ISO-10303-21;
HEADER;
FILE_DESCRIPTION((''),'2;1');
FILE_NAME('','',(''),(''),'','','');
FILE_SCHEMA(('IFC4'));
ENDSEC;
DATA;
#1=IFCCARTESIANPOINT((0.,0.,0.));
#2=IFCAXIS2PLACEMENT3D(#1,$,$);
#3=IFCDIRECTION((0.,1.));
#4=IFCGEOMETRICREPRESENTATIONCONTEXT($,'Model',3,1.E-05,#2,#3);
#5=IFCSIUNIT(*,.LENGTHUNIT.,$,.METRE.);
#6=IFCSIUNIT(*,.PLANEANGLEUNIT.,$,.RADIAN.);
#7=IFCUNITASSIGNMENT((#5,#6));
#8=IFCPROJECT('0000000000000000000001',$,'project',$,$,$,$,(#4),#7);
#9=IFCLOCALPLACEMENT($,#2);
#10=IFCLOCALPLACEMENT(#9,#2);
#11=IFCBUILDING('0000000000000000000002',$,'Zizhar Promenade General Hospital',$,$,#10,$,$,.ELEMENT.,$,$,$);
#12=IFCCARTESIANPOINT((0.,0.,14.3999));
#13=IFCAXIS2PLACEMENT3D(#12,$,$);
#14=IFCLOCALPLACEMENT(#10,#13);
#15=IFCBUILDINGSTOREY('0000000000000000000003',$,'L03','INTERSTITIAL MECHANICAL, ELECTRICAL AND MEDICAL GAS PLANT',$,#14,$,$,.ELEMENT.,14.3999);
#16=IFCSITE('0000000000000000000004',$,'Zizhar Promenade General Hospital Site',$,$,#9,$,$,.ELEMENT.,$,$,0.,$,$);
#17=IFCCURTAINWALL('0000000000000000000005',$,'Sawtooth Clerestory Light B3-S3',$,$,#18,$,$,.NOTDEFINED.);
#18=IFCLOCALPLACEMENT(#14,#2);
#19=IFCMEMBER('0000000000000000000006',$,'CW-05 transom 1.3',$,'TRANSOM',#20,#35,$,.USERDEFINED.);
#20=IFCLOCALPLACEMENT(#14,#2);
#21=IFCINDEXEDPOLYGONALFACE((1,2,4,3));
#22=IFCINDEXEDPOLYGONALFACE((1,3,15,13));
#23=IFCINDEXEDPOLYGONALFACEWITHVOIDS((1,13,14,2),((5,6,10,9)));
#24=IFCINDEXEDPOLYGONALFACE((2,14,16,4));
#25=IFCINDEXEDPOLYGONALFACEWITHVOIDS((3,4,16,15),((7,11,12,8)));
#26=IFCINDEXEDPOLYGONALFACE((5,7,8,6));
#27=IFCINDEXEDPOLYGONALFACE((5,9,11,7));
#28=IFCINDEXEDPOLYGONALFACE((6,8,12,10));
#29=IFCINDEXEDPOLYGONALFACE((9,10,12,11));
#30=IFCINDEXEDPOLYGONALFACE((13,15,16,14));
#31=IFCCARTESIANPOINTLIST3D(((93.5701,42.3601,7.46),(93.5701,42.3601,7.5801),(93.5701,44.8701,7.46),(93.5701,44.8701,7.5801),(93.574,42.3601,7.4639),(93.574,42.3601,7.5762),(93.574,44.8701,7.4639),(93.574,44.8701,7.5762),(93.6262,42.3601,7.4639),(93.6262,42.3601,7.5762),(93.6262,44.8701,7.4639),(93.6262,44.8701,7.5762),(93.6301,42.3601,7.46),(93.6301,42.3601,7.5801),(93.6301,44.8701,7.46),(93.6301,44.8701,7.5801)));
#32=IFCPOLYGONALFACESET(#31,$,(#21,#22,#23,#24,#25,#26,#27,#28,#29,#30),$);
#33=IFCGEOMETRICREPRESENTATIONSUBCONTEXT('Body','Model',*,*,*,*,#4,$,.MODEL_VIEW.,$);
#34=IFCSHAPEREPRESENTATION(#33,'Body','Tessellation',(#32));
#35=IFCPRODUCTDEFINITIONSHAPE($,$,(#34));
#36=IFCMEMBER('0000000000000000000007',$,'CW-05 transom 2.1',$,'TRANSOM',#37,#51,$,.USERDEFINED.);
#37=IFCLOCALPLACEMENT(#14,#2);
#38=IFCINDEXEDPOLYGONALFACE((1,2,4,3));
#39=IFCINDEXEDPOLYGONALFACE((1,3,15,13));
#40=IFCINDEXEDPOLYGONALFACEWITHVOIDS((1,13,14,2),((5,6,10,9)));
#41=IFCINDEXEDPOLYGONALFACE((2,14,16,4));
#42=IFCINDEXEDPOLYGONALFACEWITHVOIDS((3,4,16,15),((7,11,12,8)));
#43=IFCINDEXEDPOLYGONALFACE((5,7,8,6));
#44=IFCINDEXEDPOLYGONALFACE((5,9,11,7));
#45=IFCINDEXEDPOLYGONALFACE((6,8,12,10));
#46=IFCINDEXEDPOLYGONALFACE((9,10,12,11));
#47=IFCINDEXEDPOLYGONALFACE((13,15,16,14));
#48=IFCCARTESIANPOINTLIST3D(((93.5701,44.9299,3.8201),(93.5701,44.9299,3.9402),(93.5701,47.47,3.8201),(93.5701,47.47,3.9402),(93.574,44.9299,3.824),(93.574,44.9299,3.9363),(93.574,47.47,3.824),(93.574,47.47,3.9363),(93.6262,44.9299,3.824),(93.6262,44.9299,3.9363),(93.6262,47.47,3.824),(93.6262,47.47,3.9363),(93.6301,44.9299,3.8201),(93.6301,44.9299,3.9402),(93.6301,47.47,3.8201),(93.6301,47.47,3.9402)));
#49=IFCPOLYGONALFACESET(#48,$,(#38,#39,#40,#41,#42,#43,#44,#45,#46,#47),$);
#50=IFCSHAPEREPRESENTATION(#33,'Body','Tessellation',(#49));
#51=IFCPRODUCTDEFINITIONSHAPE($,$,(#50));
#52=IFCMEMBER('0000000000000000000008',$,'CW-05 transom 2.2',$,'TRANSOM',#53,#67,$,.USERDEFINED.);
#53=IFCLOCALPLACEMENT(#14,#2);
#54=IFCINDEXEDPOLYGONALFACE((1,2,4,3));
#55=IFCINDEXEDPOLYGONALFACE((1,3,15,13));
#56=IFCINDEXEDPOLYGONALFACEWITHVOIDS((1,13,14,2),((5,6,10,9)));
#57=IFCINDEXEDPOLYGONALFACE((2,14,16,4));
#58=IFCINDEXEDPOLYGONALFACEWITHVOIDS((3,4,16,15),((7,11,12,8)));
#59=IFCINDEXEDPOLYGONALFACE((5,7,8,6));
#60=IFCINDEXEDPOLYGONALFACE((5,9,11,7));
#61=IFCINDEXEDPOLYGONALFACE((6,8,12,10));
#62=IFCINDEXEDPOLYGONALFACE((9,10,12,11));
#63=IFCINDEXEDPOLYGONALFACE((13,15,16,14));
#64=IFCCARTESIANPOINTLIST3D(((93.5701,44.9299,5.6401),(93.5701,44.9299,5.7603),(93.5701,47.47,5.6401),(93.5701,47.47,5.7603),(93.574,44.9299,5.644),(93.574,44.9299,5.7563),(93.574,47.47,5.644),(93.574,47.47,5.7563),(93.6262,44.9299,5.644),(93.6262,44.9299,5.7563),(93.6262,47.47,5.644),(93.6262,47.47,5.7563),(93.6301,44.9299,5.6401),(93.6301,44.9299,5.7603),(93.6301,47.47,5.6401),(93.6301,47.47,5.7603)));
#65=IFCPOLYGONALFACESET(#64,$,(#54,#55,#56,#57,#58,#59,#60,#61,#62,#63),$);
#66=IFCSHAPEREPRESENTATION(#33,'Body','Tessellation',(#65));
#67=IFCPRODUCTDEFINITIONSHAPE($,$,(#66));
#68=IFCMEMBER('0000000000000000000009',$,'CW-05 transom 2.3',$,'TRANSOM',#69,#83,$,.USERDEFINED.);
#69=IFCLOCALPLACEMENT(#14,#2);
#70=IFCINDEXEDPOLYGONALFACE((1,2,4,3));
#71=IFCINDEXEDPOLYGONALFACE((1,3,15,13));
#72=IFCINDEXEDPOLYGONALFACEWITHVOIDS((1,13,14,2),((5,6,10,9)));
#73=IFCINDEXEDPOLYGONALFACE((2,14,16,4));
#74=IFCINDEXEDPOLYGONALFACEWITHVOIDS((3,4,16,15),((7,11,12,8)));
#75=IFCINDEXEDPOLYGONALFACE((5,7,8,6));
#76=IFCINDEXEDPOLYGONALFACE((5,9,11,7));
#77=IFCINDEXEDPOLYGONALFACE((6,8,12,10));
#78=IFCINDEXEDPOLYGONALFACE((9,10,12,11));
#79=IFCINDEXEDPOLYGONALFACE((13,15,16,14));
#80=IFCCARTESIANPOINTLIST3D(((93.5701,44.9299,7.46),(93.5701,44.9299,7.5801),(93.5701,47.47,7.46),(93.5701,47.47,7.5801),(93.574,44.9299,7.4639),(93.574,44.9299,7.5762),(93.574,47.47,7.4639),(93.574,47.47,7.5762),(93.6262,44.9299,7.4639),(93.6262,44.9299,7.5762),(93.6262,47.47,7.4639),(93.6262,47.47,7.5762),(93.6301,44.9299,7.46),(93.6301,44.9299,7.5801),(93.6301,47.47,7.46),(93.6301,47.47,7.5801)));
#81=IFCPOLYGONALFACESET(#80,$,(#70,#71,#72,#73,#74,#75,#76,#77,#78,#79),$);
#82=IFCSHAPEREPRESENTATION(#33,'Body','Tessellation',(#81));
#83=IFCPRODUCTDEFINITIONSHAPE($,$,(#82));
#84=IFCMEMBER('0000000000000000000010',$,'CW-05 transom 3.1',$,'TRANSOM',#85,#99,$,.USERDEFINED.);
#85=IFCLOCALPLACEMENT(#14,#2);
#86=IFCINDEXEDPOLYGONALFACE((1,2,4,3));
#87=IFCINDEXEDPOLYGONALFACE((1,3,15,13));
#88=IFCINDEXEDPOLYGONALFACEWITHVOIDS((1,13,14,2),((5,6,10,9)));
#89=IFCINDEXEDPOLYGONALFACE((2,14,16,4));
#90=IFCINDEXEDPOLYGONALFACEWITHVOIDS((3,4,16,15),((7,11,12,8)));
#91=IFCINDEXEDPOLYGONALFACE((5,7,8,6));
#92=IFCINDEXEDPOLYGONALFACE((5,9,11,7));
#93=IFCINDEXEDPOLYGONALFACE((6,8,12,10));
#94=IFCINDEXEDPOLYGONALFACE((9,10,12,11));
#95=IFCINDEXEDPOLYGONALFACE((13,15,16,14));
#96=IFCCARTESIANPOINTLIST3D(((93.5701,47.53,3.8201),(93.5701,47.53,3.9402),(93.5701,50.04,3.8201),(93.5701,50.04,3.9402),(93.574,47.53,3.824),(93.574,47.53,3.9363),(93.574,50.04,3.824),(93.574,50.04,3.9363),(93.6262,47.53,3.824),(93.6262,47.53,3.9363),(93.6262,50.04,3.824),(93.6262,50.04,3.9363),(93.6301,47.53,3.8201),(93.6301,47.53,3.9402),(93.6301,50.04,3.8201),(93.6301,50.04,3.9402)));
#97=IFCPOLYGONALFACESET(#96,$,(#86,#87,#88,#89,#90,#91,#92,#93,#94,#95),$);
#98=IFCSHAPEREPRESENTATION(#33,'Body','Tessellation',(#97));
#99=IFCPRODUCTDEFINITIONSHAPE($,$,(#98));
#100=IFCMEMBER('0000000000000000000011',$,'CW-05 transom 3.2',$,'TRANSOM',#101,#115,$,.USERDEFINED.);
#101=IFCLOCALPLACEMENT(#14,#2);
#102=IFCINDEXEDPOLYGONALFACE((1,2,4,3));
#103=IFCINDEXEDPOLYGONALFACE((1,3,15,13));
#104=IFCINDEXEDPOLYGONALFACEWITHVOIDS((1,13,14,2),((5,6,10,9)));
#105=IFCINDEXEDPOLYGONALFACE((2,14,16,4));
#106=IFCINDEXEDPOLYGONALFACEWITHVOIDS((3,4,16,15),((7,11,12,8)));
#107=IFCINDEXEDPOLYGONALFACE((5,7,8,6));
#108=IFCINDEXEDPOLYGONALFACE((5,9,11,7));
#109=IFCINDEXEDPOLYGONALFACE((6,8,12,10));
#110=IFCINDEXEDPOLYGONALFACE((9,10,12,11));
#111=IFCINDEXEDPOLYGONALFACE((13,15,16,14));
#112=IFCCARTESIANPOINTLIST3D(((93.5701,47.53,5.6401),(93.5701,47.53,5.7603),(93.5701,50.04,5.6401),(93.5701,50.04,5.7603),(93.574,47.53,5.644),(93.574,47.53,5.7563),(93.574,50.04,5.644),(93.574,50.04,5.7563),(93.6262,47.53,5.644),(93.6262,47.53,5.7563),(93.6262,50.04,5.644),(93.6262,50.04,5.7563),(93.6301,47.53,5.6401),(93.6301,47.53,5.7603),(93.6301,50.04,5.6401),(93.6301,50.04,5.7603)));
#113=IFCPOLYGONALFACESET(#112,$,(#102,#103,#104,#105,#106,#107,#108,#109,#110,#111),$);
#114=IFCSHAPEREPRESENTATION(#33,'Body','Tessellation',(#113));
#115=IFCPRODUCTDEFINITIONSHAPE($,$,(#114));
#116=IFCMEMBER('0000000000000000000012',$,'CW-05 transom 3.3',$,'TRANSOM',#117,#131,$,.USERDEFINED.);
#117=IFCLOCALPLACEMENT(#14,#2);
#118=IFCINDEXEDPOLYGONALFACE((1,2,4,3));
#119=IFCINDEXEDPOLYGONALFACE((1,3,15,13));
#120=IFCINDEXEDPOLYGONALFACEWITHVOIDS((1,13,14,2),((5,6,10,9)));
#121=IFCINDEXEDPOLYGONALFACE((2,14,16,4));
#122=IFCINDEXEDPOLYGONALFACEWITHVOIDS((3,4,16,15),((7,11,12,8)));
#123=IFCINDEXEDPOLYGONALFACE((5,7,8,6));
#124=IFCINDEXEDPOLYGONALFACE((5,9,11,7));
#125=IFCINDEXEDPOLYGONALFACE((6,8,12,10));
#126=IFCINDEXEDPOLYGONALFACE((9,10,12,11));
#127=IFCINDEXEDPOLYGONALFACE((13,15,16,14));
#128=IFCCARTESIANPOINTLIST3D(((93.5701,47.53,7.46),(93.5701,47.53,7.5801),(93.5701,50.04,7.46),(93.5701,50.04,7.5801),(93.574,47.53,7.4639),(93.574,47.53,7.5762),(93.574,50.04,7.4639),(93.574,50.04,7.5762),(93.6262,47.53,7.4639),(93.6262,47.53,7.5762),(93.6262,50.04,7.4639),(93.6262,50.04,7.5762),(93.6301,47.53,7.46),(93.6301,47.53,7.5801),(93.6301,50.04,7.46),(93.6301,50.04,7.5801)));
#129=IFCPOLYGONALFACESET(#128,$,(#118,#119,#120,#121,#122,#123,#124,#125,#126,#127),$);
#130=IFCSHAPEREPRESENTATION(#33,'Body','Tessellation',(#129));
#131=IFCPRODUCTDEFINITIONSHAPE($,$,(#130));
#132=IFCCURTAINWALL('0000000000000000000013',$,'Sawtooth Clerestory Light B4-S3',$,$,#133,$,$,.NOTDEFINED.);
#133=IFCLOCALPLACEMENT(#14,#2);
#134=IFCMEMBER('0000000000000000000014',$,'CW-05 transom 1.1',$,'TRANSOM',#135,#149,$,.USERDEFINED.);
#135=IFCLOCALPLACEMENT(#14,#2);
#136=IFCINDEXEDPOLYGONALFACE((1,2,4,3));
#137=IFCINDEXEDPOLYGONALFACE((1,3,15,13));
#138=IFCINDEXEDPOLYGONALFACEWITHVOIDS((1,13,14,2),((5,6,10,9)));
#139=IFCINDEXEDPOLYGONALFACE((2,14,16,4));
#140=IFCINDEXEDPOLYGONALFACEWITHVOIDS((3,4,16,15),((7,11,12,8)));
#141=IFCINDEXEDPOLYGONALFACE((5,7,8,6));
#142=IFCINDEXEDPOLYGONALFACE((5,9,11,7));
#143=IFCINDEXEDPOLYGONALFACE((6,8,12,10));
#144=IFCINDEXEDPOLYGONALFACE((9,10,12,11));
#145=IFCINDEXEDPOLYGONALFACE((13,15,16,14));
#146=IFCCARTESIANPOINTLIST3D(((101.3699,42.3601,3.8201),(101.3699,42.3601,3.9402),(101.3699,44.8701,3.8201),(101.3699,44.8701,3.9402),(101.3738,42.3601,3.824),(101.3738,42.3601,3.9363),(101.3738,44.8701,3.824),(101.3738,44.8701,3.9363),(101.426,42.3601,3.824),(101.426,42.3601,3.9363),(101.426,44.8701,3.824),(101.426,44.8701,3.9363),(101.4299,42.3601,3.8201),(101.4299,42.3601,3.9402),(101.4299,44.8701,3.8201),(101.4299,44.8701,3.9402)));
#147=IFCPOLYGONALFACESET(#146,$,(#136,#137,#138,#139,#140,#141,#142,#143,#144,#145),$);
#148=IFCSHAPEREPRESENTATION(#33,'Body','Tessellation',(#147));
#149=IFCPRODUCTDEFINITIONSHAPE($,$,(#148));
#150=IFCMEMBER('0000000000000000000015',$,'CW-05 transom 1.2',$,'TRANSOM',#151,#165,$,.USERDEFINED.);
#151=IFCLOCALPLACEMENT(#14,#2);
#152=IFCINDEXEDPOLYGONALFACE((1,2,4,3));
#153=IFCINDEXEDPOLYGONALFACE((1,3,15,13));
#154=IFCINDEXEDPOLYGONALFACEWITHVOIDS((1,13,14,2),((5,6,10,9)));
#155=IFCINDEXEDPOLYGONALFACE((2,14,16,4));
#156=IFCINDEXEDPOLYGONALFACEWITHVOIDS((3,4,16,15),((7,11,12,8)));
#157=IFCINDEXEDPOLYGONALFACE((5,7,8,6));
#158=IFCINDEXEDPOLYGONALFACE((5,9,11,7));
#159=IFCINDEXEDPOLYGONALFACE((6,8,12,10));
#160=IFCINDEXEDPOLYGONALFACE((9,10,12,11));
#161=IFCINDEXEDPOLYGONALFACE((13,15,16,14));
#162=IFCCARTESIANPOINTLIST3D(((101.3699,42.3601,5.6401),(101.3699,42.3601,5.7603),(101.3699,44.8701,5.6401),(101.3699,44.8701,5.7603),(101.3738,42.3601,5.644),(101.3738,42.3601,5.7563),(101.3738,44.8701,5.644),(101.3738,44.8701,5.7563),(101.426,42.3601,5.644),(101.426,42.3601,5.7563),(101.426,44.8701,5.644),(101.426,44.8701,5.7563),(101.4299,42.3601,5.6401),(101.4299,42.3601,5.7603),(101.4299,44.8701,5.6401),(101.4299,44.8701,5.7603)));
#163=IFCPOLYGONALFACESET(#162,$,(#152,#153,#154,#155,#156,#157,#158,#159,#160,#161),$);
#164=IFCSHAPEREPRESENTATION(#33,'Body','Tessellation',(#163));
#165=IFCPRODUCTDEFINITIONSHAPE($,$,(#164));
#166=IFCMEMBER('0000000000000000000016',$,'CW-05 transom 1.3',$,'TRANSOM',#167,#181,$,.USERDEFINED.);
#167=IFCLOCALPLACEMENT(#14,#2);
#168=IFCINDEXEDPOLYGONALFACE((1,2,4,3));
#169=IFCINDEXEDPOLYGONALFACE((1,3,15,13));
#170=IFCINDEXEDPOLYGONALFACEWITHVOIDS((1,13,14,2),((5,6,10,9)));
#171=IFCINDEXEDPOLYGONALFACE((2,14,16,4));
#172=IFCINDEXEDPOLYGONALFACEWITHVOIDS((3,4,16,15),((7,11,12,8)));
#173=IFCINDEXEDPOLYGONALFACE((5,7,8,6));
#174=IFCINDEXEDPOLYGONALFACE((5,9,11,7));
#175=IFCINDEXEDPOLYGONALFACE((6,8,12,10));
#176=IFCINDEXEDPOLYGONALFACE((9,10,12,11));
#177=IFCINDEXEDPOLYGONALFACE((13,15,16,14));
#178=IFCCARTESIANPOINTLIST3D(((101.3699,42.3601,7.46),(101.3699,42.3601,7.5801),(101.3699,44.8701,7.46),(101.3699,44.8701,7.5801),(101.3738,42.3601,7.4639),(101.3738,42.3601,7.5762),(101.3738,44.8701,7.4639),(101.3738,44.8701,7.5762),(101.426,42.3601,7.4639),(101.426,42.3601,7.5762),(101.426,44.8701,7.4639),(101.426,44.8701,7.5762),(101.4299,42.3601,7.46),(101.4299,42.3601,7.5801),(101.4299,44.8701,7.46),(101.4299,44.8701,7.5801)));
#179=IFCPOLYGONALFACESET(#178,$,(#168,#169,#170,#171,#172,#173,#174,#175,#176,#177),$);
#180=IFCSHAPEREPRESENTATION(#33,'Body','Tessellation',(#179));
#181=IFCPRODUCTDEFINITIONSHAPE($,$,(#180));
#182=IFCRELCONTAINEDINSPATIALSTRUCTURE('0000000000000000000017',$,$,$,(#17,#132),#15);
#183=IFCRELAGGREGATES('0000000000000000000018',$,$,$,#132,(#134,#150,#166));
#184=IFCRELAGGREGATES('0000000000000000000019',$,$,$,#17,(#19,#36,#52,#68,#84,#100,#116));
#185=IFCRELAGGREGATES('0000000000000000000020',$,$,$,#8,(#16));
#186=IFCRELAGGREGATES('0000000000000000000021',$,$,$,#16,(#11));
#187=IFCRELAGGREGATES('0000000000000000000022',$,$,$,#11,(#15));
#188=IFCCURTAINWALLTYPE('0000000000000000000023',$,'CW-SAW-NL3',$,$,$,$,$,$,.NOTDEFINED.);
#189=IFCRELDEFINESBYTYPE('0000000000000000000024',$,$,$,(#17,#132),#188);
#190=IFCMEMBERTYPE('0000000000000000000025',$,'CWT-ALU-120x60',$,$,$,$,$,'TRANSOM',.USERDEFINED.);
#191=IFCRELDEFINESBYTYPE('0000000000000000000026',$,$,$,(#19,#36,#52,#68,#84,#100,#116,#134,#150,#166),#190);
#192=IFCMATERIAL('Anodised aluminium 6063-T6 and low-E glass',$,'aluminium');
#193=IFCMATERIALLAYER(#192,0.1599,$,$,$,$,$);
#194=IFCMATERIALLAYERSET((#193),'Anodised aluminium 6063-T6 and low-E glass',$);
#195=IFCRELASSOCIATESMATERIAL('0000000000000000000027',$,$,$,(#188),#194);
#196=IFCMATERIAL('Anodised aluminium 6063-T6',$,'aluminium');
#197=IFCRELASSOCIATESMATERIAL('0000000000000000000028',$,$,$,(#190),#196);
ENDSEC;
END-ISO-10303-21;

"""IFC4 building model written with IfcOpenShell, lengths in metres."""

from ifc_helpers import new_model, si_unit, direction, frame, origin, origin_2d, place, context, subcontext, project, spatial, hollow_rectangle, extrude, material, layer, layer_set, material_profile, profile_set, type_object, element, aggregate, save


model = new_model("IFC4")

# Units and contexts
model_context = context("Model", 3, precision=1e-05, world=origin(), true_north=direction((0.0, 1.0)))
body_context = subcontext(model_context, "Body", "Model", "MODEL_VIEW")
ifc_project = project(units=[si_unit("LENGTHUNIT", "METRE"), si_unit("PLANEANGLEUNIT", "RADIAN")], contexts=[model_context])

# Site, building, storey
site_placement = place(None, origin())
site = spatial("IfcSite", under=ifc_project, at=site_placement, Name="Zizhar Promenade General Hospital Site", CompositionType="ELEMENT", RefElevation=0.0)
building_placement = place(site_placement, origin())
building = spatial("IfcBuilding", under=site, at=building_placement, Name="Zizhar Promenade General Hospital", CompositionType="ELEMENT")
storey_placement = place(building_placement, frame((0.0, 0.0, 14.3999)))
storey = spatial("IfcBuildingStorey", under=building, at=storey_placement, Name="L03", Description="INTERSTITIAL MECHANICAL, ELECTRICAL AND MEDICAL GAS PLANT", CompositionType="ELEMENT", Elevation=14.3999)

# Curtain walls, members
ifc_material_1 = material(Name="Anodised aluminium 6063-T6 and low-E glass", Category="aluminium")
ifc_layer_1 = layer(ifc_material_1, 0.1599)
ifc_layer_set_1 = layer_set([ifc_layer_1], Name="Anodised aluminium 6063-T6 and low-E glass")
curtain_wall_type = type_object("IfcCurtainWallType", Name="CW-SAW-NL3", PredefinedType="NOTDEFINED", material=ifc_layer_set_1)
curtain_wall_1_placement = place(storey_placement, origin())
curtain_wall_1 = element("IfcCurtainWall", 1, at=curtain_wall_1_placement, inside=storey, type_object=curtain_wall_type, Name="Sawtooth Clerestory Light B3-S3", PredefinedType="NOTDEFINED")
ifc_material_2 = material(Name="Anodised aluminium 6063-T6", Category="aluminium")
ifc_material_profile_1 = material_profile(ifc_material_2, hollow_rectangle(XDim=0.0601, YDim=0.1201, WallThickness=0.0039, at=origin_2d()))
ifc_profile_set_1 = profile_set([ifc_material_profile_1], Name="Anodised aluminium 6063-T6")
member_type_1 = type_object("IfcMemberType", Name="CWT-ALU-120x60", ElementType="TRANSOM", PredefinedType="USERDEFINED", material=ifc_profile_set_1)
member_1_placement = place(storey_placement, frame((93.6001, 42.3601, 7.52), z_axis=(0.0, 1.0, 0.0), x_axis=(-1.0, 0.0, 0.0)))
member_1 = element("IfcMember", 2, at=member_1_placement, type_object=member_type_1, Name="CW-05 transom 1.3", ObjectType="TRANSOM", PredefinedType="USERDEFINED", context=body_context, shape_type="SweptSolid", body=[
    extrude(hollow_rectangle(XDim=0.0601, YDim=0.1201, WallThickness=0.0039, at=origin_2d()), origin(), (0.0, 0.0, 1.0), 2.51),
])
member_2_placement = place(storey_placement, frame((93.6001, 44.9299, 3.8801), z_axis=(0.0, 1.0, 0.0), x_axis=(-1.0, 0.0, 0.0)))
member_2 = element("IfcMember", 3, at=member_2_placement, type_object=member_type_1, Name="CW-05 transom 2.1", ObjectType="TRANSOM", PredefinedType="USERDEFINED", context=body_context, shape_type="SweptSolid", body=[
    extrude(hollow_rectangle(XDim=0.0601, YDim=0.1201, WallThickness=0.0039, at=origin_2d()), origin(), (0.0, 0.0, 1.0), 2.54),
])
member_3_placement = place(storey_placement, frame((93.6001, 44.9299, 5.7002), z_axis=(0.0, 1.0, 0.0), x_axis=(-1.0, 0.0, 0.0)))
member_3 = element("IfcMember", 4, at=member_3_placement, type_object=member_type_1, Name="CW-05 transom 2.2", ObjectType="TRANSOM", PredefinedType="USERDEFINED", context=body_context, shape_type="SweptSolid", body=[
    extrude(hollow_rectangle(XDim=0.0601, YDim=0.1201, WallThickness=0.0039, at=origin_2d()), origin(), (0.0, 0.0, 1.0), 2.54),
])
member_4_placement = place(storey_placement, frame((93.6001, 44.9299, 7.52), z_axis=(0.0, 1.0, 0.0), x_axis=(-1.0, 0.0, 0.0)))
member_4 = element("IfcMember", 5, at=member_4_placement, type_object=member_type_1, Name="CW-05 transom 2.3", ObjectType="TRANSOM", PredefinedType="USERDEFINED", context=body_context, shape_type="SweptSolid", body=[
    extrude(hollow_rectangle(XDim=0.0601, YDim=0.1201, WallThickness=0.0039, at=origin_2d()), origin(), (0.0, 0.0, 1.0), 2.54),
])
member_5_placement = place(storey_placement, frame((93.6001, 47.53, 3.8801), z_axis=(0.0, 1.0, 0.0), x_axis=(-1.0, 0.0, 0.0)))
member_5 = element("IfcMember", 6, at=member_5_placement, type_object=member_type_1, Name="CW-05 transom 3.1", ObjectType="TRANSOM", PredefinedType="USERDEFINED", context=body_context, shape_type="SweptSolid", body=[
    extrude(hollow_rectangle(XDim=0.0601, YDim=0.1201, WallThickness=0.0039, at=origin_2d()), origin(), (0.0, 0.0, 1.0), 2.51),
])
member_6_placement = place(storey_placement, frame((93.6001, 47.53, 5.7002), z_axis=(0.0, 1.0, 0.0), x_axis=(-1.0, 0.0, 0.0)))
member_6 = element("IfcMember", 7, at=member_6_placement, type_object=member_type_1, Name="CW-05 transom 3.2", ObjectType="TRANSOM", PredefinedType="USERDEFINED", context=body_context, shape_type="SweptSolid", body=[
    extrude(hollow_rectangle(XDim=0.0601, YDim=0.1201, WallThickness=0.0039, at=origin_2d()), origin(), (0.0, 0.0, 1.0), 2.51),
])
member_7_placement = place(storey_placement, frame((93.6001, 47.53, 7.52), z_axis=(0.0, 1.0, 0.0), x_axis=(-1.0, 0.0, 0.0)))
member_7 = element("IfcMember", 8, at=member_7_placement, type_object=member_type_1, Name="CW-05 transom 3.3", ObjectType="TRANSOM", PredefinedType="USERDEFINED", context=body_context, shape_type="SweptSolid", body=[
    extrude(hollow_rectangle(XDim=0.0601, YDim=0.1201, WallThickness=0.0039, at=origin_2d()), origin(), (0.0, 0.0, 1.0), 2.51),
])
curtain_wall_2_placement = place(storey_placement, origin())
curtain_wall_2 = element("IfcCurtainWall", 9, at=curtain_wall_2_placement, inside=storey, type_object=curtain_wall_type, Name="Sawtooth Clerestory Light B4-S3", PredefinedType="NOTDEFINED")
member_8_placement = place(storey_placement, frame((101.3999, 42.3601, 3.8801), z_axis=(0.0, 1.0, 0.0), x_axis=(-1.0, 0.0, 0.0)))
member_8 = element("IfcMember", 10, at=member_8_placement, type_object=member_type_1, Name="CW-05 transom 1.1", ObjectType="TRANSOM", PredefinedType="USERDEFINED", context=body_context, shape_type="SweptSolid", body=[
    extrude(hollow_rectangle(XDim=0.0601, YDim=0.1201, WallThickness=0.0039, at=origin_2d()), origin(), (0.0, 0.0, 1.0), 2.51),
])
member_9_placement = place(storey_placement, frame((101.3999, 42.3601, 5.7002), z_axis=(0.0, 1.0, 0.0), x_axis=(-1.0, 0.0, 0.0)))
member_9 = element("IfcMember", 11, at=member_9_placement, type_object=member_type_1, Name="CW-05 transom 1.2", ObjectType="TRANSOM", PredefinedType="USERDEFINED", context=body_context, shape_type="SweptSolid", body=[
    extrude(hollow_rectangle(XDim=0.0601, YDim=0.1201, WallThickness=0.0039, at=origin_2d()), origin(), (0.0, 0.0, 1.0), 2.51),
])
member_10_placement = place(storey_placement, frame((101.3999, 42.3601, 7.52), z_axis=(0.0, 1.0, 0.0), x_axis=(-1.0, 0.0, 0.0)))
member_10 = element("IfcMember", 12, at=member_10_placement, type_object=member_type_1, Name="CW-05 transom 1.3", ObjectType="TRANSOM", PredefinedType="USERDEFINED", context=body_context, shape_type="SweptSolid", body=[
    extrude(hollow_rectangle(XDim=0.0601, YDim=0.1201, WallThickness=0.0039, at=origin_2d()), origin(), (0.0, 0.0, 1.0), 2.51),
])
aggregate(curtain_wall_2, [member_8, member_9, member_10])

aggregate(curtain_wall_1, [member_1, member_2, member_3, member_4, member_5, member_6, member_7])

save(model, "model.ifc")
